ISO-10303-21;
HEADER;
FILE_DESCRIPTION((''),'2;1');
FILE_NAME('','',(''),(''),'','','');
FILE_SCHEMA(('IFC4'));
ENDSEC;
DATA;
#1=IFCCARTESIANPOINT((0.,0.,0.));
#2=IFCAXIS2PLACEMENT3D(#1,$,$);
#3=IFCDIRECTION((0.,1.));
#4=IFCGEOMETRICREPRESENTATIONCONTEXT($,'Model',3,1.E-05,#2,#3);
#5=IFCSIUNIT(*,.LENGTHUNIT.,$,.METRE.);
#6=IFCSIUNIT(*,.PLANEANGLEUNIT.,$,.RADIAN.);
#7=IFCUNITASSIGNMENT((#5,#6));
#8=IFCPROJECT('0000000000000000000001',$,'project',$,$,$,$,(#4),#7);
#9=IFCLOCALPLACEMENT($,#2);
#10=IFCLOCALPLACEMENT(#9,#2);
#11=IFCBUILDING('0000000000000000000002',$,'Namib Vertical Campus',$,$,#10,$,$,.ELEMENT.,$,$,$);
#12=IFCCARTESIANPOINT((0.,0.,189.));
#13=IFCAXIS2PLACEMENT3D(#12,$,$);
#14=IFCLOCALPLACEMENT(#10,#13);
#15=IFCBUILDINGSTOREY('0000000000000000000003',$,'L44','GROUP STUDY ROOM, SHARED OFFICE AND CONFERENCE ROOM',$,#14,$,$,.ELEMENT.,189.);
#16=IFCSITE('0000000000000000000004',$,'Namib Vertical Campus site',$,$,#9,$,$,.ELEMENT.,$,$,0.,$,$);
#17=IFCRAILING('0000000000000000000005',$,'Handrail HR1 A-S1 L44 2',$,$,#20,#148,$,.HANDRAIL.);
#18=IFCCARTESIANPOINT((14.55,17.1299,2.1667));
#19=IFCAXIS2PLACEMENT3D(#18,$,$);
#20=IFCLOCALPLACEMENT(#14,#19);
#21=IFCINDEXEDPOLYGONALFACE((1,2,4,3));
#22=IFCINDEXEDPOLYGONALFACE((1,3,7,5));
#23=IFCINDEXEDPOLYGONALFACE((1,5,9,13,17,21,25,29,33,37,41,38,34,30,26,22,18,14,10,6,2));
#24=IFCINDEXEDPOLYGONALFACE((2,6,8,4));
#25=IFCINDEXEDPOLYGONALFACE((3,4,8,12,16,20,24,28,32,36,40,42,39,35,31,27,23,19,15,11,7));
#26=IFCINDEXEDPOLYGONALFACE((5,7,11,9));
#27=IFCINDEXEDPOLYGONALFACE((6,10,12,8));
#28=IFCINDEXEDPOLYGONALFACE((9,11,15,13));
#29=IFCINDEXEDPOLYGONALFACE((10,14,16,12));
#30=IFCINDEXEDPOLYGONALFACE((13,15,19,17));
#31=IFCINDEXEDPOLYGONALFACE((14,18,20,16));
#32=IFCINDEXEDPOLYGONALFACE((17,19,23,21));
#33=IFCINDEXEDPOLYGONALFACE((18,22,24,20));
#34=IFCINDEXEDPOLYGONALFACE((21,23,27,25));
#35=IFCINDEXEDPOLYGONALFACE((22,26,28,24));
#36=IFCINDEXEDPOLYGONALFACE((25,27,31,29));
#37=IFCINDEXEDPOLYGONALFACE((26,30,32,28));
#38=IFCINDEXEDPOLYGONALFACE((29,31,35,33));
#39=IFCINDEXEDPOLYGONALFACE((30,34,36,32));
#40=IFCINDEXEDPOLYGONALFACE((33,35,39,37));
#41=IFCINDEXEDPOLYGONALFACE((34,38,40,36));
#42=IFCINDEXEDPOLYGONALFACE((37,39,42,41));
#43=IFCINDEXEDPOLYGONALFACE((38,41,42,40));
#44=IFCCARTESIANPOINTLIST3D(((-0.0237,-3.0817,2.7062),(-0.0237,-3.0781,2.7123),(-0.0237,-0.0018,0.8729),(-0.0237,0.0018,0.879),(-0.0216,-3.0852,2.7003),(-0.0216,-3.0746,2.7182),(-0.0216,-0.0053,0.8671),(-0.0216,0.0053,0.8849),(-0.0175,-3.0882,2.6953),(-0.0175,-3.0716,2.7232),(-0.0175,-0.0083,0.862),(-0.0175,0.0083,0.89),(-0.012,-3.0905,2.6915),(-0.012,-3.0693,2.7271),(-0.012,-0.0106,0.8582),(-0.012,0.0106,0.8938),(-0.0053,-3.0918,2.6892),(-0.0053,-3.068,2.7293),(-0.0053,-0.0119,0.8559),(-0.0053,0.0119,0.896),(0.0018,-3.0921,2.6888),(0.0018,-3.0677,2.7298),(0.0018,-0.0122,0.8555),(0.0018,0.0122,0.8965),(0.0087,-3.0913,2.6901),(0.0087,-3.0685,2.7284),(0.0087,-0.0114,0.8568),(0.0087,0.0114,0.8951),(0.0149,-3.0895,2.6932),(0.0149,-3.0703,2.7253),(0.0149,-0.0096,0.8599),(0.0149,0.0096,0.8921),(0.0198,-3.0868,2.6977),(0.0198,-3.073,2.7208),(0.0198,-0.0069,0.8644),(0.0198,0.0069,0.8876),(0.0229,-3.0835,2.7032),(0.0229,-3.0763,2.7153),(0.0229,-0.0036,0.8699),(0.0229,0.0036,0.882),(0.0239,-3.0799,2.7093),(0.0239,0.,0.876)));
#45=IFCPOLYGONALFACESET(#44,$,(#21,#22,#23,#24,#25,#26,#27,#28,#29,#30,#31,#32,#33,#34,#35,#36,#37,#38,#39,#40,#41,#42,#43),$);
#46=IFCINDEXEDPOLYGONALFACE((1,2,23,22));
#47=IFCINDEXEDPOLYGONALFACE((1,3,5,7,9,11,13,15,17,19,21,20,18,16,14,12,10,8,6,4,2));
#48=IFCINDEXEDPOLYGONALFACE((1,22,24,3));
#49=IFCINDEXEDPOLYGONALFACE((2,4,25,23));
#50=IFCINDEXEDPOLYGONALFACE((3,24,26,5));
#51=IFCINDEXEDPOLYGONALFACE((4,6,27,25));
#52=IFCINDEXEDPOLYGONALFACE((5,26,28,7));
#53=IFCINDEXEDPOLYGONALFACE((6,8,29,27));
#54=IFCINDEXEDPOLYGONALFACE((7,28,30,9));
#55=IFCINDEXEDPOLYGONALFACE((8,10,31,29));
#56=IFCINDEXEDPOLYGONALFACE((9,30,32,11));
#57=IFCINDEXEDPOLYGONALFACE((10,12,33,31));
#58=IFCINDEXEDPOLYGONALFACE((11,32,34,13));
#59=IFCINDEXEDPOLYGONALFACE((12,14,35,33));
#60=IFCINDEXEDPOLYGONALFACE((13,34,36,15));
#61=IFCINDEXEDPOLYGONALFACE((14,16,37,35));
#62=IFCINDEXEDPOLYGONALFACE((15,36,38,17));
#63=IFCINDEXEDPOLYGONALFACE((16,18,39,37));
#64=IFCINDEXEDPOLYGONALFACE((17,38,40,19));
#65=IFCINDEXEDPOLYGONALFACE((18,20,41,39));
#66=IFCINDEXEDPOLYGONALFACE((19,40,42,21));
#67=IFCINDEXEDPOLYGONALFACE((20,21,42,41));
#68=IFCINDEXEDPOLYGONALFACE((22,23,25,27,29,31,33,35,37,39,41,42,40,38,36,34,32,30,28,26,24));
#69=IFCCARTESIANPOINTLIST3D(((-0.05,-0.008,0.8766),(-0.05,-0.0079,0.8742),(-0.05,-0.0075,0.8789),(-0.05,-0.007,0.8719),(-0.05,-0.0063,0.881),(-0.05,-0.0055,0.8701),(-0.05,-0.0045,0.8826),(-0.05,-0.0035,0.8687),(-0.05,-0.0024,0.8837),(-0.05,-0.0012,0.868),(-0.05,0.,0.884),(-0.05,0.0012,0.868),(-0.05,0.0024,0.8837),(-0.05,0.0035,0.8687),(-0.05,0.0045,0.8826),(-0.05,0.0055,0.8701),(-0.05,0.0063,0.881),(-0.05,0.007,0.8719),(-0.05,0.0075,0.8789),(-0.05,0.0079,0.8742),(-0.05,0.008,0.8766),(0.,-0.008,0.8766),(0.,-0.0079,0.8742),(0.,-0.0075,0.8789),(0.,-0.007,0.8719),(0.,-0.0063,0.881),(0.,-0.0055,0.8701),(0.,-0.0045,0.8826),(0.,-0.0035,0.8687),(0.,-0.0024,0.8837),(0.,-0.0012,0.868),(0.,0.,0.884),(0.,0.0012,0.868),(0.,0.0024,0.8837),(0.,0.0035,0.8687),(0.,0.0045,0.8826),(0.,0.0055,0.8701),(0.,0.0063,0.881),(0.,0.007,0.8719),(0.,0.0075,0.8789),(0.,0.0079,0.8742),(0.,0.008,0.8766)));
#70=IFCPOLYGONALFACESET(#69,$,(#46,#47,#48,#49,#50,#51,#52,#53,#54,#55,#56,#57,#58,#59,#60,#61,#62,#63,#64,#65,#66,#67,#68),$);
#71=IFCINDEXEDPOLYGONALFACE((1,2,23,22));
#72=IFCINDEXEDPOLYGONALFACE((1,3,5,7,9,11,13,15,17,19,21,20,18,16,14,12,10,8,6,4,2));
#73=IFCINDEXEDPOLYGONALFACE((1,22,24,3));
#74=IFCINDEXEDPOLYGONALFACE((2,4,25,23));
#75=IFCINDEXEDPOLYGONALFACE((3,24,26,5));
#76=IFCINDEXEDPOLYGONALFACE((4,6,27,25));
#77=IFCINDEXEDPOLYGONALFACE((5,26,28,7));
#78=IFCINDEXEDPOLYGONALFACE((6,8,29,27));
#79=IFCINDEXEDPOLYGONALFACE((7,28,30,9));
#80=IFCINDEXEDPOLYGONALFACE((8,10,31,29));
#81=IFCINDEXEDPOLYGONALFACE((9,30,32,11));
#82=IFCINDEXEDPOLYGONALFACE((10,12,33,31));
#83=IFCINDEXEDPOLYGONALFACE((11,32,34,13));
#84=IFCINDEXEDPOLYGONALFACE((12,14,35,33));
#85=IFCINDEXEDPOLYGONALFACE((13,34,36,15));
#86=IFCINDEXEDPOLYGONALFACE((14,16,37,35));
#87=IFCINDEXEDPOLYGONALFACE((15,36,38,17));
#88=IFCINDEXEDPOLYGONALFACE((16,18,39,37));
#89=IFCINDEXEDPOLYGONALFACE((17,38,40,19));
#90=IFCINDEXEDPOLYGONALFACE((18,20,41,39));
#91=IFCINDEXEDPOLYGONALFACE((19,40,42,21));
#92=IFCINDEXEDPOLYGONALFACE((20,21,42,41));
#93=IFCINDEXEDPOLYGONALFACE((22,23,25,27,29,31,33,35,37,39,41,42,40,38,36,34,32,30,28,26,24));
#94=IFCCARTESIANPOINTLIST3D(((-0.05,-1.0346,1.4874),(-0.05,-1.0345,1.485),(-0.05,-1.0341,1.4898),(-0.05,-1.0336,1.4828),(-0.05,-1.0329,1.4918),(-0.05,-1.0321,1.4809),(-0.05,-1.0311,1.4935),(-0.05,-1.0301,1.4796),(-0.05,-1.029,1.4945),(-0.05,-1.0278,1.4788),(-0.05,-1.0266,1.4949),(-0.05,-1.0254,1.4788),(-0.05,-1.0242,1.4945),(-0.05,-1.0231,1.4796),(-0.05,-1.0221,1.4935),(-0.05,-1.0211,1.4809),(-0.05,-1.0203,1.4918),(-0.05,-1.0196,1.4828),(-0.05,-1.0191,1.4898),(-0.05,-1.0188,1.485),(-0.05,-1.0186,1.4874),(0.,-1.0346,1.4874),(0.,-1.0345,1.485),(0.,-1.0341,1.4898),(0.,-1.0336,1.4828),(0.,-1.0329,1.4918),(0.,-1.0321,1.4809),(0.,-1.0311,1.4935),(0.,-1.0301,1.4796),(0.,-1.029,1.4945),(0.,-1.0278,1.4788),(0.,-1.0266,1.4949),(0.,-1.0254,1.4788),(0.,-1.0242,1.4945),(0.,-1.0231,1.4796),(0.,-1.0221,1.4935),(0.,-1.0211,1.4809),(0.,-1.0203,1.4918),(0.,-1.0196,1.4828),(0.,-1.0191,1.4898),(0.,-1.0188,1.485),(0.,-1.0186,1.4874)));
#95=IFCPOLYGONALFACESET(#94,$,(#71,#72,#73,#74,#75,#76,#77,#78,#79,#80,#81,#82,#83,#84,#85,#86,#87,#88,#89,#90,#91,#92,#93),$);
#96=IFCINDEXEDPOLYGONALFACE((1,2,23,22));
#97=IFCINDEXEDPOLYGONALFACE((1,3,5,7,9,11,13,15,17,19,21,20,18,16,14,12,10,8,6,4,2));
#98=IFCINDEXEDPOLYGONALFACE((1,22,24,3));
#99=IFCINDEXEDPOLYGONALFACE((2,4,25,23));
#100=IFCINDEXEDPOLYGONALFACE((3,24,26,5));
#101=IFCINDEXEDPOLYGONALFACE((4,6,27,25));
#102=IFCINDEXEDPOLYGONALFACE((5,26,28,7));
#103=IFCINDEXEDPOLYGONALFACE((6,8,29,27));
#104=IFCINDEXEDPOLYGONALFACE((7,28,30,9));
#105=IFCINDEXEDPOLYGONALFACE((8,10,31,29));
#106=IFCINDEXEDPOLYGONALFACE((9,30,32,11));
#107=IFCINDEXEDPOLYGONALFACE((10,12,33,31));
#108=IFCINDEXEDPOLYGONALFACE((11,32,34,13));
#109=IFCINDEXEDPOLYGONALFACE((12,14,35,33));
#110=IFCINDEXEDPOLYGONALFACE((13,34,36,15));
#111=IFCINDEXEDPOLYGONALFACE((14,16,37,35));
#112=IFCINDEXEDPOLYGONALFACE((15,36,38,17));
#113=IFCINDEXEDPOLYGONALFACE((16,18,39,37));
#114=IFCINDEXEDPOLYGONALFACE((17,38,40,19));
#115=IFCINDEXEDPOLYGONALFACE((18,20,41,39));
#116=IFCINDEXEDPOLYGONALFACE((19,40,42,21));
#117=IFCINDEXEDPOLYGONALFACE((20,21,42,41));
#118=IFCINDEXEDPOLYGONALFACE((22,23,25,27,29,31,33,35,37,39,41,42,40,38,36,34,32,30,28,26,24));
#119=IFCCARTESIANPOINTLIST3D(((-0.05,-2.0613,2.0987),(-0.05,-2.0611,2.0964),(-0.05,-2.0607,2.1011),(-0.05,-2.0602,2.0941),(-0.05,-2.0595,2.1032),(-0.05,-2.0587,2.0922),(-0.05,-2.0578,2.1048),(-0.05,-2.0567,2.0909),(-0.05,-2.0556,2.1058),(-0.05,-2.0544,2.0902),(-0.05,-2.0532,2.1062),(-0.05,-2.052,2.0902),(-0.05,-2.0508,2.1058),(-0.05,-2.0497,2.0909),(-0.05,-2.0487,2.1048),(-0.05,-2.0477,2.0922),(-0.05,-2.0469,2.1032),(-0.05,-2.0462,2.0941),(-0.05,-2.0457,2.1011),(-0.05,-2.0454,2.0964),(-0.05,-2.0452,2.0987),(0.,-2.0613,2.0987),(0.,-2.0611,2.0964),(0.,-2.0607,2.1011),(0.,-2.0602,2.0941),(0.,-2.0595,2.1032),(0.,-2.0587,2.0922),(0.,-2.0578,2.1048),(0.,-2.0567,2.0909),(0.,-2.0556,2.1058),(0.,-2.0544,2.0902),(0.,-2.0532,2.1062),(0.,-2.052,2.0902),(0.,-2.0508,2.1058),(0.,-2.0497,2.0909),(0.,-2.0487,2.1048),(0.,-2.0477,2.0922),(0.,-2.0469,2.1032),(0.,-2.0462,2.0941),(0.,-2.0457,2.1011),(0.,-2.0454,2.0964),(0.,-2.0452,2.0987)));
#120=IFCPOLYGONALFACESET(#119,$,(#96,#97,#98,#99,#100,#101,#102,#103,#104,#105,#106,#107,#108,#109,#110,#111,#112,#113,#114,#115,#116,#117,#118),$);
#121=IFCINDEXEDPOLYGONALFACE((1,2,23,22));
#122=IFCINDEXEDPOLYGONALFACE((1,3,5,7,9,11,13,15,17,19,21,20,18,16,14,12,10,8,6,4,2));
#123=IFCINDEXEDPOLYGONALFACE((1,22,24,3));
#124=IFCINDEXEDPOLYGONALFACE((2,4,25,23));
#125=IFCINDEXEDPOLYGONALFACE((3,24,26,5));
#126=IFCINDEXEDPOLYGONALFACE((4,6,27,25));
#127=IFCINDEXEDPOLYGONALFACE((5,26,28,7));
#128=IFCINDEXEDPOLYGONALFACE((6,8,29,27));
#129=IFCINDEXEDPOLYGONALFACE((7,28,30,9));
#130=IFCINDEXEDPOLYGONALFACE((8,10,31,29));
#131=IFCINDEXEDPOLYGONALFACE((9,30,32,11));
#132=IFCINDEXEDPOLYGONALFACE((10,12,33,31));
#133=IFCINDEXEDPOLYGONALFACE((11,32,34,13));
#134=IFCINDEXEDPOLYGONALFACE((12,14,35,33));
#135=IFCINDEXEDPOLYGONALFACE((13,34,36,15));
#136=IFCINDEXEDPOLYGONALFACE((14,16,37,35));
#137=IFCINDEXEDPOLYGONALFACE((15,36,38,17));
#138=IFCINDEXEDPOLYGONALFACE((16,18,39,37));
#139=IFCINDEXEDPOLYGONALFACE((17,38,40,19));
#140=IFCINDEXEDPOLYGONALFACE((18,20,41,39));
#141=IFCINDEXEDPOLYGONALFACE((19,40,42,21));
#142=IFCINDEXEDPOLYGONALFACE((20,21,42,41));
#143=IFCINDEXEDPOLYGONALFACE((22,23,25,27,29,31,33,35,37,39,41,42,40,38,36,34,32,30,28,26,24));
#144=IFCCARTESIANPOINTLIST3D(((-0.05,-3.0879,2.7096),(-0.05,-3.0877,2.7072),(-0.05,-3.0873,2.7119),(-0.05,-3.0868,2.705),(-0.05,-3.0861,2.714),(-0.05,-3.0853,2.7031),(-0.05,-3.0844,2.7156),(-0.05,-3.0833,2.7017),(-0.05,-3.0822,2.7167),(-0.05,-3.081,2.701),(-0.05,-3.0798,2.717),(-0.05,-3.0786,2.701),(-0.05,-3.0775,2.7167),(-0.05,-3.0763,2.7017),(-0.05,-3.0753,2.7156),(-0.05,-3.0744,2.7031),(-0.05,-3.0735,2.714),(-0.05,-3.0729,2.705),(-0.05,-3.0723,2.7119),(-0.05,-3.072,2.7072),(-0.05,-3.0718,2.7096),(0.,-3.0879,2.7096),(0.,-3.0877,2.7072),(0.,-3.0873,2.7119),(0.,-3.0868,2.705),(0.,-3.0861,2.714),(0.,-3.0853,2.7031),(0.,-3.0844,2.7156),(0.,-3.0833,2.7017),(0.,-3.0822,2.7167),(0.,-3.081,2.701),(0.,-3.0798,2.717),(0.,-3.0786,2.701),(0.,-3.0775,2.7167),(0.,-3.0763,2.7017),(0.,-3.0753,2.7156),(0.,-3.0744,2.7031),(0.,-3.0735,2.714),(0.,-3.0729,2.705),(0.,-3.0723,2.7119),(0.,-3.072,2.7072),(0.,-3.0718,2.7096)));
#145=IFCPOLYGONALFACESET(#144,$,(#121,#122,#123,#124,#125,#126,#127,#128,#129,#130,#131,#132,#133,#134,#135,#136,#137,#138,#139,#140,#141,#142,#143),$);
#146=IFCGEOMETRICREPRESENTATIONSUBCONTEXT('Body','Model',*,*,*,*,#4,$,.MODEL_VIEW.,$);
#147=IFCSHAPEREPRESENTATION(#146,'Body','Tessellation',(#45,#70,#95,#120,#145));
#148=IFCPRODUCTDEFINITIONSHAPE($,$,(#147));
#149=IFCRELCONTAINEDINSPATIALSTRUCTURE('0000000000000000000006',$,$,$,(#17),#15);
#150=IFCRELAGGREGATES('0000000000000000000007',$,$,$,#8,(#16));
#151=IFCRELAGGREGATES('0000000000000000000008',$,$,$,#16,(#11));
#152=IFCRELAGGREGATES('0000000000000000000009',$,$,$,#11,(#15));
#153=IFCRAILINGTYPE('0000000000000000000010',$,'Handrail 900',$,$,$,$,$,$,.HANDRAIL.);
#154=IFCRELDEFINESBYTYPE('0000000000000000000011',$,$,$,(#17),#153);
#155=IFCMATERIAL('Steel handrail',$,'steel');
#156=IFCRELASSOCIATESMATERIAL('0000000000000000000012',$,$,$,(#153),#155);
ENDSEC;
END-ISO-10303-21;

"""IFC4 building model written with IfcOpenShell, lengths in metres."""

from ifc_helpers import new_model, si_unit, direction, frame, origin, origin_2d, place, context, subcontext, project, spatial, circle, extrude, material, type_object, element, save


model = new_model("IFC4")

# Units and contexts
model_context = context("Model", 3, precision=1e-05, world=origin(), true_north=direction((0.0, 1.0)))
body_context = subcontext(model_context, "Body", "Model", "MODEL_VIEW")
ifc_project = project(units=[si_unit("LENGTHUNIT", "METRE"), si_unit("PLANEANGLEUNIT", "RADIAN")], contexts=[model_context])

# Site, building, storey
site_placement = place(None, origin())
site = spatial("IfcSite", under=ifc_project, at=site_placement, Name="Namib Vertical Campus site", CompositionType="ELEMENT", RefElevation=0.0)
building_placement = place(site_placement, origin())
building = spatial("IfcBuilding", under=site, at=building_placement, Name="Namib Vertical Campus", CompositionType="ELEMENT")
storey_placement = place(building_placement, frame((0.0, 0.0, 189.0)))
storey = spatial("IfcBuildingStorey", under=building, at=storey_placement, Name="L44", Description="GROUP STUDY ROOM, SHARED OFFICE AND CONFERENCE ROOM", CompositionType="ELEMENT", Elevation=189.0)

# Railing
ifc_material_1 = material(Name="Steel handrail", Category="steel")
railing_type = type_object("IfcRailingType", Name="Handrail 900", PredefinedType="HANDRAIL", material=ifc_material_1)
railing_placement = place(storey_placement, frame((14.55, 17.1299, 2.1667)))
element("IfcRailing", 1, at=railing_placement, inside=storey, type_object=railing_type, Name="Handrail HR1 A-S1 L44 2", PredefinedType="HANDRAIL", context=body_context, shape_type="SweptSolid", body=[
    extrude(circle(Radius=0.0239, at=origin_2d()), frame((0.0, 0.0, 0.876), z_axis=(0.0, -0.859291, 0.511487), x_axis=(1.0, 0.0, 0.0)), (0.0, 0.0, 1.0), 3.5842),
    extrude(circle(Radius=0.0081, at=origin_2d()), frame((0.0, 0.0, 0.876), z_axis=(-1.0, 0.0, 0.0), x_axis=(0.0, 0.0, 1.0)), (0.0, 0.0, 1.0), 0.05),
    extrude(circle(Radius=0.0081, at=origin_2d()), frame((0.0, -1.0266, 1.4868), z_axis=(-1.0, 0.0, 0.0), x_axis=(0.0, 0.0, 1.0)), (0.0, 0.0, 1.0), 0.05),
    extrude(circle(Radius=0.0081, at=origin_2d()), frame((0.0, -2.0532, 2.0981), z_axis=(-1.0, 0.0, 0.0), x_axis=(0.0, 0.0, 1.0)), (0.0, 0.0, 1.0), 0.05),
    extrude(circle(Radius=0.0081, at=origin_2d()), frame((0.0, -3.0798, 2.709), z_axis=(-1.0, 0.0, 0.0), x_axis=(0.0, 0.0, 1.0)), (0.0, 0.0, 1.0), 0.05),
])

save(model, "model.ifc")
